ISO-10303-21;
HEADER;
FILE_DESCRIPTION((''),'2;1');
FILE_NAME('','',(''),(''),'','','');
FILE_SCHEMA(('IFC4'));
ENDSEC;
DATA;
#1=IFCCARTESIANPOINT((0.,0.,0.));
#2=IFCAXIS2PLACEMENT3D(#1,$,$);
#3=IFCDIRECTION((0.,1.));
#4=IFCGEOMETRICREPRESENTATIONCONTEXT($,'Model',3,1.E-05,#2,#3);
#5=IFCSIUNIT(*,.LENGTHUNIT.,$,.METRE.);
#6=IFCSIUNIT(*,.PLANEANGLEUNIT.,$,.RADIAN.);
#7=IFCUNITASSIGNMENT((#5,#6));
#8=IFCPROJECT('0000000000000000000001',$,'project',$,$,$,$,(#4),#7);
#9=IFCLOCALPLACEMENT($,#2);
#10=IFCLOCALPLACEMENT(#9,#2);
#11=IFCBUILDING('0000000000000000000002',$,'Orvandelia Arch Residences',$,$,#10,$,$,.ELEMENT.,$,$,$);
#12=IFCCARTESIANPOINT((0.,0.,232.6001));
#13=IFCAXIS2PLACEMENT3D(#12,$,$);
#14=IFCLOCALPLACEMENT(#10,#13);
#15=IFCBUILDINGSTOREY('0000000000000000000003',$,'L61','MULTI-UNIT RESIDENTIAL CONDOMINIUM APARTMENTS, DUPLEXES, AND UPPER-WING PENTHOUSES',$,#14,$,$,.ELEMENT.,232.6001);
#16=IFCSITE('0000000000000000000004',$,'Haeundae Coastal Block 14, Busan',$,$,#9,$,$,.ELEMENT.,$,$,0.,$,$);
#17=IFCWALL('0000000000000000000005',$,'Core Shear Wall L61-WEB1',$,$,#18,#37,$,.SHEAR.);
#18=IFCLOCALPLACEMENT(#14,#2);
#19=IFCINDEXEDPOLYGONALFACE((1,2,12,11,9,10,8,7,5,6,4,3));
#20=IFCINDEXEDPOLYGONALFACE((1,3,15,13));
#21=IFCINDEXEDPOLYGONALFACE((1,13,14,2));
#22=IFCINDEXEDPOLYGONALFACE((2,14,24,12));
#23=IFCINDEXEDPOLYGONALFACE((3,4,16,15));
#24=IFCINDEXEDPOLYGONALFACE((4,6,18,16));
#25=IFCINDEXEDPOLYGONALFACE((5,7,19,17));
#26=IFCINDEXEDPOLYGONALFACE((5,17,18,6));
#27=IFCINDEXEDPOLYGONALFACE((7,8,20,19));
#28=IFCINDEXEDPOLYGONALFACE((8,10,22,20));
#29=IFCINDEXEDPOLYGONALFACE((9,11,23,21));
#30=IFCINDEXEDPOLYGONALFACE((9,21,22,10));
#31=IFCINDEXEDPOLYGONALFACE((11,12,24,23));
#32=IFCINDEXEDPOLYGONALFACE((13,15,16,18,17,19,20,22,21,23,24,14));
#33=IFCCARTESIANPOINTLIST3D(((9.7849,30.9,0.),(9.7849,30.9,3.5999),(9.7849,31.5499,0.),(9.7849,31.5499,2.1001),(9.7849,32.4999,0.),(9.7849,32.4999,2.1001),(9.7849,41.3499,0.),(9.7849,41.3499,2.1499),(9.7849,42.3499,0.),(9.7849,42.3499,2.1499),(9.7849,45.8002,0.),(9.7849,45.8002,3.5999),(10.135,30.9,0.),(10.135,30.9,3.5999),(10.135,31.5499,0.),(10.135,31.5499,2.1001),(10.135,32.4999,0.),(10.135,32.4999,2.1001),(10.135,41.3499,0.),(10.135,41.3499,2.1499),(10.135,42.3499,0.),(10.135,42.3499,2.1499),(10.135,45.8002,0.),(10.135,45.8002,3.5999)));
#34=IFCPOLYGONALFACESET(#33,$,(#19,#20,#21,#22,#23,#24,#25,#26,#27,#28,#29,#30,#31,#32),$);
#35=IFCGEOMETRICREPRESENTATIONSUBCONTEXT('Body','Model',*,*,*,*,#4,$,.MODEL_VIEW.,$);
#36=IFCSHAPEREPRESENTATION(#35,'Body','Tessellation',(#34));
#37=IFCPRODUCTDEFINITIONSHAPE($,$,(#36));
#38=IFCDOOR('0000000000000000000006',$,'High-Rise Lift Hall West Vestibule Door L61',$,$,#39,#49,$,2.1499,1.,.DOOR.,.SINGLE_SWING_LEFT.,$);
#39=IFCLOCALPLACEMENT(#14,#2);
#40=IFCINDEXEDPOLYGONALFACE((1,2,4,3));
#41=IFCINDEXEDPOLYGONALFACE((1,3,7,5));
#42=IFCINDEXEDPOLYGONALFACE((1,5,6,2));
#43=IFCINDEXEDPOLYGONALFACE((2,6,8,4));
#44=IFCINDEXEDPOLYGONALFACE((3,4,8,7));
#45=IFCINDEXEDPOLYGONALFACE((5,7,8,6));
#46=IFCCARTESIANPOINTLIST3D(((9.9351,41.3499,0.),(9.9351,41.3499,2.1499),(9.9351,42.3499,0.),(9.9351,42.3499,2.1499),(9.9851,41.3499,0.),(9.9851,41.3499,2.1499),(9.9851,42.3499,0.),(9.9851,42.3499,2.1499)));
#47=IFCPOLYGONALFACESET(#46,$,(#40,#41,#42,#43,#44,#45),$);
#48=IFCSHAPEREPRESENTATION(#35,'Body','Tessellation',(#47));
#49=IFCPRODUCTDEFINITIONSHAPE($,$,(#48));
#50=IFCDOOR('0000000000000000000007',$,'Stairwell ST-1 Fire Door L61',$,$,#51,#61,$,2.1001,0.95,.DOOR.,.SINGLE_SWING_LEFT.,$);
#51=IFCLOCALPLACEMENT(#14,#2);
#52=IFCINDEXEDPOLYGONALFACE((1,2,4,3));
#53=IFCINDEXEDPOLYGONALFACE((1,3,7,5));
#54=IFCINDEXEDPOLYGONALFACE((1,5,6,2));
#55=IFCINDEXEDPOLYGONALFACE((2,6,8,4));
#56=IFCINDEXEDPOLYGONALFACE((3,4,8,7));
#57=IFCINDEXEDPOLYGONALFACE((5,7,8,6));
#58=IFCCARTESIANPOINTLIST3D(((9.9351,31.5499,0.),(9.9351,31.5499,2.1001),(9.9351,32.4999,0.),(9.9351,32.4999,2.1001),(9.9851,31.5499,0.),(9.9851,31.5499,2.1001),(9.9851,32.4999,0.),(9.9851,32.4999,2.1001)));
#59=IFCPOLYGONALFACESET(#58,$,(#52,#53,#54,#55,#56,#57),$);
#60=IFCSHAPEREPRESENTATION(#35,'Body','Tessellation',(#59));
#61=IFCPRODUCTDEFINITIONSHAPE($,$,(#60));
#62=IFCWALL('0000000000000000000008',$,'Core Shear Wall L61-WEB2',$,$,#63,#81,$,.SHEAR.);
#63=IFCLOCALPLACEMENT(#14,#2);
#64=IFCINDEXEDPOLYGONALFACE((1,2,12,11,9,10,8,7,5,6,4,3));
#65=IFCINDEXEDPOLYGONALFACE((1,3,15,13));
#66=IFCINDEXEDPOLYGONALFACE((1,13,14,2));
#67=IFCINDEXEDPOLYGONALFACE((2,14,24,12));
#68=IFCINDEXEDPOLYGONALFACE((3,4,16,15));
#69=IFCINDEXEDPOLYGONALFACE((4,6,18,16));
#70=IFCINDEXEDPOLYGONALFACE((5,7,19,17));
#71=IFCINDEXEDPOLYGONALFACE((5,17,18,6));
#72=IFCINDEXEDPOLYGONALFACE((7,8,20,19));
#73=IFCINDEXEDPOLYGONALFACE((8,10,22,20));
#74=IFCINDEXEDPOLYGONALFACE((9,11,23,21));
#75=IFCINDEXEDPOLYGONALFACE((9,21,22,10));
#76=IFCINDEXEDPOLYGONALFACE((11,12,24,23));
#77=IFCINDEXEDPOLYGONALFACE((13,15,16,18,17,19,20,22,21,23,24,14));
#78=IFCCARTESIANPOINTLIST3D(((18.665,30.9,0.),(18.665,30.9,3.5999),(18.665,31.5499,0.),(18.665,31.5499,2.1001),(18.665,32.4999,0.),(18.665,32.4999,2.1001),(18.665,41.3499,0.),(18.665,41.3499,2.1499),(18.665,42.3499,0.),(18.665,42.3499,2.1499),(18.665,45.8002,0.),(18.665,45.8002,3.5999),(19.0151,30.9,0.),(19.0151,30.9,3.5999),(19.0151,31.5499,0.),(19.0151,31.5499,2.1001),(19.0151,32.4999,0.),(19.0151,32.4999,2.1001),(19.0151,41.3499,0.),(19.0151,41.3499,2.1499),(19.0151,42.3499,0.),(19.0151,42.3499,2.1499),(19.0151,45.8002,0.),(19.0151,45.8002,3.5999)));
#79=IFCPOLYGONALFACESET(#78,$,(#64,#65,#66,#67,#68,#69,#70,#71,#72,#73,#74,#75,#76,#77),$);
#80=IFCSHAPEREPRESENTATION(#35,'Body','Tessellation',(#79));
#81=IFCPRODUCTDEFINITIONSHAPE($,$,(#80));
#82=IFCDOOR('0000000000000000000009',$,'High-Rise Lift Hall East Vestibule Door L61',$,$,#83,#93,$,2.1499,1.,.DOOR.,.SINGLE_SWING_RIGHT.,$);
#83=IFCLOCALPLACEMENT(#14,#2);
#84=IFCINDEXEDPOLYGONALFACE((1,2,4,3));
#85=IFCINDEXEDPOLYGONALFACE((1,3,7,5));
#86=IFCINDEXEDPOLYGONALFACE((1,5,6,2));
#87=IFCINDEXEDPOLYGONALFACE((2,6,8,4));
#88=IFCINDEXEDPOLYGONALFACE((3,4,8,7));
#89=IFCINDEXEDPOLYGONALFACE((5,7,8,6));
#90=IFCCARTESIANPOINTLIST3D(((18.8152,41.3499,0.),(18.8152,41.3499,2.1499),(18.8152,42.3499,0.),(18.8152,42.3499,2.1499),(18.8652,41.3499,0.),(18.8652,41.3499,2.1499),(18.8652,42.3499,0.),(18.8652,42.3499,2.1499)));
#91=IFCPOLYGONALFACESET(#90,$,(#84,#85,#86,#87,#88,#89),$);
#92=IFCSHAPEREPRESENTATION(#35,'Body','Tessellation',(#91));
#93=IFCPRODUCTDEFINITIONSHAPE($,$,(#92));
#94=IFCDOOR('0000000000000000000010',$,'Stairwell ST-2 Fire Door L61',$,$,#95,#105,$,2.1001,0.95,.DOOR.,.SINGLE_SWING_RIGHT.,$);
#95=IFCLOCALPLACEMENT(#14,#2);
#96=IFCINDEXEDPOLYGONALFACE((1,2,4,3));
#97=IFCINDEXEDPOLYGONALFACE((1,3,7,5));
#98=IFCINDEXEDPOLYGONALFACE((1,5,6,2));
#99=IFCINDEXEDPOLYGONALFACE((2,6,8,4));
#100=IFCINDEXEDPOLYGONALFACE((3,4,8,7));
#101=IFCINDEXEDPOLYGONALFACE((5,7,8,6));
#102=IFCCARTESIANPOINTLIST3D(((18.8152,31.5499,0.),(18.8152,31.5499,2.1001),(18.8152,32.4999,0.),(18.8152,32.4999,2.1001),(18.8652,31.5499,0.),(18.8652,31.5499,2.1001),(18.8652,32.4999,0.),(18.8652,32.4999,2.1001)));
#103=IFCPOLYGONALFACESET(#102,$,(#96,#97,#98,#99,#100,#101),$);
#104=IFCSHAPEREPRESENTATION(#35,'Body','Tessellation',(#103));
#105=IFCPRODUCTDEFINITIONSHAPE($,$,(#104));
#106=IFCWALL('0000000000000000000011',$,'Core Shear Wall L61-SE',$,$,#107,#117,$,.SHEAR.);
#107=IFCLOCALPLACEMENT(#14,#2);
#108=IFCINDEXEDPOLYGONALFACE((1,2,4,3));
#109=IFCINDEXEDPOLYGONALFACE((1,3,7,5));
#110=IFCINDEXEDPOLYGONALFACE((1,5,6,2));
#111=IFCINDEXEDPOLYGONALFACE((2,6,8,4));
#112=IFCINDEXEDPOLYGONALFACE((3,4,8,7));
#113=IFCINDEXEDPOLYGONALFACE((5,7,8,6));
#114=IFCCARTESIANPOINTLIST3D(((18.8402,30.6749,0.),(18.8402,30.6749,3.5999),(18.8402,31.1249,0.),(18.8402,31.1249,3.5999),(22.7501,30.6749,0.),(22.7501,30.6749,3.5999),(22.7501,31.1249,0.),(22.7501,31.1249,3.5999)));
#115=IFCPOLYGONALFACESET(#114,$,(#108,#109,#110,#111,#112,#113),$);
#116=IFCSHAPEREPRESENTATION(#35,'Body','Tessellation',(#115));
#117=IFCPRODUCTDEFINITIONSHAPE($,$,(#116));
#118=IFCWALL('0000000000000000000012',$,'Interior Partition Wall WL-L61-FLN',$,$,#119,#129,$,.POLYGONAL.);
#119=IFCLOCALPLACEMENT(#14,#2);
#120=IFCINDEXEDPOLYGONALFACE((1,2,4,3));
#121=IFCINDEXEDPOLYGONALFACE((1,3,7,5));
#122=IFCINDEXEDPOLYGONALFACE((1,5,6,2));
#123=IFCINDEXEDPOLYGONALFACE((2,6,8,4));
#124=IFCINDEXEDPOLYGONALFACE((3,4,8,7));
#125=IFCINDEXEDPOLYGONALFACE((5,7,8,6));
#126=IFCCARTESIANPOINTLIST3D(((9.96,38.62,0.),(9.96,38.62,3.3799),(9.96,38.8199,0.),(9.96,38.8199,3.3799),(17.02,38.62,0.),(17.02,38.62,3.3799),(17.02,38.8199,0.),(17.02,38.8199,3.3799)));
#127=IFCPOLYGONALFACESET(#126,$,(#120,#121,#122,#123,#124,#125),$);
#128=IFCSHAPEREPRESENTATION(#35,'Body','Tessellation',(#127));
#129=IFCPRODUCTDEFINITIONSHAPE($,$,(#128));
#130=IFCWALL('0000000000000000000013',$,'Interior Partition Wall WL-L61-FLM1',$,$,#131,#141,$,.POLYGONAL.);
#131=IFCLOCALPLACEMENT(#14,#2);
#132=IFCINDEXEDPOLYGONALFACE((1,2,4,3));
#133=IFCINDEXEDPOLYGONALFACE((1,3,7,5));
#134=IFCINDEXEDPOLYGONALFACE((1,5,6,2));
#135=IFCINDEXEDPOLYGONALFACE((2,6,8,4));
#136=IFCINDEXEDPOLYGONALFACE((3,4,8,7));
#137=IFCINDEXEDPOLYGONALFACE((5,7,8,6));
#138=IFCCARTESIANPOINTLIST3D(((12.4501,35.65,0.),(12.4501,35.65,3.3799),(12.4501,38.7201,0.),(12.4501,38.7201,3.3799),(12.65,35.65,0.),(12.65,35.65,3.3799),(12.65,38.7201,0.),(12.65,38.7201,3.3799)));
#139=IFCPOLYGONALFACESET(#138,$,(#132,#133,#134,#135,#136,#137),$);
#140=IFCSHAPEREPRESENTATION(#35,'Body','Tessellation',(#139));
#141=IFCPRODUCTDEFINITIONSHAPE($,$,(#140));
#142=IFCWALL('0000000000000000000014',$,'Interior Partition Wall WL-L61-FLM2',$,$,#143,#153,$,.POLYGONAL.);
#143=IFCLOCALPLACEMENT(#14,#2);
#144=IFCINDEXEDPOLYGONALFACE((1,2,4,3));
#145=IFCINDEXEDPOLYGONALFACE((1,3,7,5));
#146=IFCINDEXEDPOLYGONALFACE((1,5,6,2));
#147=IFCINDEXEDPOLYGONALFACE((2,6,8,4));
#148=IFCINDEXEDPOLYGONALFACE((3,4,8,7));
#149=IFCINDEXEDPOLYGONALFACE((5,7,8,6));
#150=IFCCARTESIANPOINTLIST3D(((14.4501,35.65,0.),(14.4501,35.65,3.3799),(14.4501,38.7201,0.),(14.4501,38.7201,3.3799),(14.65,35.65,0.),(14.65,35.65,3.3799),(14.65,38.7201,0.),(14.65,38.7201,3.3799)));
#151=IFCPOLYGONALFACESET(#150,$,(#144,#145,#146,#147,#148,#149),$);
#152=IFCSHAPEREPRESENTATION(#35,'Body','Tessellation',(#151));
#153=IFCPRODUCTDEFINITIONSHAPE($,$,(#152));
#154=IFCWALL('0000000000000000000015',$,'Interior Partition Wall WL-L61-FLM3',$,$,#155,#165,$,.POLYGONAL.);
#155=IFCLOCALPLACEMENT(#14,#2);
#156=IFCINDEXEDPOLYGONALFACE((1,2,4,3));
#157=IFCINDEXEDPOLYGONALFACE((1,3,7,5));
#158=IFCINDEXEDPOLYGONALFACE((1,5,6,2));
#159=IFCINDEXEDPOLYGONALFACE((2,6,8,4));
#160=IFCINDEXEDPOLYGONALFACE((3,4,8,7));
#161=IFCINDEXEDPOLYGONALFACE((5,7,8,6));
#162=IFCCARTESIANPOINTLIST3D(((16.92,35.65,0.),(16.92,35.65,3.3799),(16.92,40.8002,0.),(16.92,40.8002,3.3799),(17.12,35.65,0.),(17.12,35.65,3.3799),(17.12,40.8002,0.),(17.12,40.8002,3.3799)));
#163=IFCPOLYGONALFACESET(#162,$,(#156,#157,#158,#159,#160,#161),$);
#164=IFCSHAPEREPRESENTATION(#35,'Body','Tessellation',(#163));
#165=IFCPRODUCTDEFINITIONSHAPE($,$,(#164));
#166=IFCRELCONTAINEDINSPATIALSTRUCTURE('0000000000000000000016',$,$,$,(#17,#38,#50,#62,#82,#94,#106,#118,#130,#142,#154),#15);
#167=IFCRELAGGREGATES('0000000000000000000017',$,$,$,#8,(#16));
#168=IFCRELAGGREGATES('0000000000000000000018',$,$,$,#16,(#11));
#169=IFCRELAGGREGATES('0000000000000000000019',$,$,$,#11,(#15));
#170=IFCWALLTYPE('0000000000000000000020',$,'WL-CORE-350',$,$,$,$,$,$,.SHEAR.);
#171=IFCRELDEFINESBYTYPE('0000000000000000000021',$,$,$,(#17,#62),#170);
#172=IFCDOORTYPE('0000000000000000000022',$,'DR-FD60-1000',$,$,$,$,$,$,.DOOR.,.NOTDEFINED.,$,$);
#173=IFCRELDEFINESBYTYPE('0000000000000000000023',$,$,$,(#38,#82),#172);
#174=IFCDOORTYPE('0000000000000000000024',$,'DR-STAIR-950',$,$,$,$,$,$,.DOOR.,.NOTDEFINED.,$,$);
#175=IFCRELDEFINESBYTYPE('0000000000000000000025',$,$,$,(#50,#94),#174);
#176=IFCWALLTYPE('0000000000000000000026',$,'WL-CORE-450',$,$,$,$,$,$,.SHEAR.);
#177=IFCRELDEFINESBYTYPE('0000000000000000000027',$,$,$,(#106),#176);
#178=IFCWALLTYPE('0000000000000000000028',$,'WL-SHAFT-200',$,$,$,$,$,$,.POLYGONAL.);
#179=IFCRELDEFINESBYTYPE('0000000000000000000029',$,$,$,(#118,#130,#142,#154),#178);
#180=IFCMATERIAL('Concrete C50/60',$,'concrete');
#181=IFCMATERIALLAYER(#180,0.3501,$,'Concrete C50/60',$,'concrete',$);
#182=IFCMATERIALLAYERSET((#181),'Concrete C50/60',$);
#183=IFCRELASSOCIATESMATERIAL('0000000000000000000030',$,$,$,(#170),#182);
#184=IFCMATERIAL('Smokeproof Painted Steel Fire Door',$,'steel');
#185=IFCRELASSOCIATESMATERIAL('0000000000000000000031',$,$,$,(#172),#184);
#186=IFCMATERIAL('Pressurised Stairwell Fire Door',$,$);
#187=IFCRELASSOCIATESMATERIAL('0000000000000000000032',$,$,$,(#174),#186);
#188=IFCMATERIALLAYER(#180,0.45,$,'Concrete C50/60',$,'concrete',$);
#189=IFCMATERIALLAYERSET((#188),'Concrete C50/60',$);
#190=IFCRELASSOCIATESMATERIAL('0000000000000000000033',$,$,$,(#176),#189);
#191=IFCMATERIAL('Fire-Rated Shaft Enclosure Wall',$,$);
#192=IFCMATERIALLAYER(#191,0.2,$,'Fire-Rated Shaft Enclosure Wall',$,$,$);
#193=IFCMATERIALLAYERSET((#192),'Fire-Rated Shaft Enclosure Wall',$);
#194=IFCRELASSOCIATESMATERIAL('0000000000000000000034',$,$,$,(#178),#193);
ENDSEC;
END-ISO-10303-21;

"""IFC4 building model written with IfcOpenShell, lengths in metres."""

from ifc_helpers import new_model, si_unit, direction, frame, frame_2d, origin, place, context, subcontext, project, spatial, rectangle, extrude, material, layer, layer_set, type_object, element, fill, save


model = new_model("IFC4")

# Units and contexts
model_context = context("Model", 3, precision=1e-05, world=origin(), true_north=direction((0.0, 1.0)))
body_context = subcontext(model_context, "Body", "Model", "MODEL_VIEW")
ifc_project = project(units=[si_unit("LENGTHUNIT", "METRE"), si_unit("PLANEANGLEUNIT", "RADIAN")], contexts=[model_context])

# Site, building, storey
site_placement = place(None, origin())
site = spatial("IfcSite", under=ifc_project, at=site_placement, Name="Haeundae Coastal Block 14, Busan", CompositionType="ELEMENT", RefElevation=0.0)
building_placement = place(site_placement, origin())
building = spatial("IfcBuilding", under=site, at=building_placement, Name="Orvandelia Arch Residences", CompositionType="ELEMENT")
storey_placement = place(building_placement, frame((0.0, 0.0, 232.6001)))
storey = spatial("IfcBuildingStorey", under=building, at=storey_placement, Name="L61", Description="MULTI-UNIT RESIDENTIAL CONDOMINIUM APARTMENTS, DUPLEXES, AND UPPER-WING PENTHOUSES", CompositionType="ELEMENT", Elevation=232.6001)

# Walls, openings, doors
ifc_material_1 = material(Name="Concrete C50/60", Category="concrete")
ifc_layer_1 = layer(ifc_material_1, 0.3501, Name="Concrete C50/60", Category="concrete")
ifc_layer_set_1 = layer_set([ifc_layer_1], Name="Concrete C50/60")
wall_type_1 = type_object("IfcWallType", Name="WL-CORE-350", PredefinedType="SHEAR", material=ifc_layer_set_1)
wall_1_placement = place(storey_placement, frame((9.96, 30.8999, 0.0), z_axis=(0.0, 0.0, 1.0), x_axis=(0.0, 1.0, 0.0)))
wall_1 = element("IfcWall", 1, at=wall_1_placement, inside=storey, type_object=wall_type_1, Name="Core Shear Wall L61-WEB1", PredefinedType="SHEAR", context=body_context, shape_type="SweptSolid", body=[
    extrude(rectangle(XDim=14.9001, YDim=0.3501, at=frame_2d((7.4502, 0.0))), origin(), (0.0, 0.0, 1.0), 3.5999),
])
opening_1_placement = place(wall_1_placement, frame((0.6499, 0.0, 0.0)))
opening_1 = element("IfcOpeningElement", 2, at=opening_1_placement, cuts=wall_1, PredefinedType="OPENING", context=body_context, shape_type="SweptSolid", body=[
    extrude(rectangle(XDim=0.95, YDim=2.1001, at=frame_2d((0.4751, 1.05))), frame((0.0, 0.1851, 0.0), z_axis=(0.0, -1.0, 0.0), x_axis=(1.0, 0.0, 0.0)), (0.0, 0.0, 1.0), 0.3701),
])
opening_2_placement = place(wall_1_placement, frame((10.45, 0.0, 0.0)))
opening_2 = element("IfcOpeningElement", 3, at=opening_2_placement, cuts=wall_1, PredefinedType="OPENING", context=body_context, shape_type="SweptSolid", body=[
    extrude(rectangle(XDim=1.0, YDim=2.1499, at=frame_2d((0.5, 1.075))), frame((0.0, 0.1851, 0.0), z_axis=(0.0, -1.0, 0.0), x_axis=(1.0, 0.0, 0.0)), (0.0, 0.0, 1.0), 0.3701),
])
ifc_material_2 = material(Name="Smokeproof Painted Steel Fire Door", Category="steel")
door_type_1 = type_object("IfcDoorType", Name="DR-FD60-1000", OperationType="NOTDEFINED", PredefinedType="DOOR", material=ifc_material_2)
door_1_placement = place(opening_2_placement, origin())
door_1 = element("IfcDoor", 4, at=door_1_placement, inside=storey, type_object=door_type_1, Name="High-Rise Lift Hall West Vestibule Door L61", OperationType="SINGLE_SWING_LEFT", OverallHeight=2.1499, OverallWidth=1.0, PredefinedType="DOOR", context=body_context, shape_type="SweptSolid", body=[
    extrude(rectangle(XDim=1.0, YDim=2.1499, at=frame_2d((0.5, 1.075))), frame((0.0, 0.0249, 0.0), z_axis=(0.0, -1.0, 0.0), x_axis=(1.0, 0.0, 0.0)), (0.0, 0.0, 1.0), 0.05),
])
fill(opening_2, door_1)
ifc_material_3 = material(Name="Pressurised Stairwell Fire Door")
door_type_2 = type_object("IfcDoorType", Name="DR-STAIR-950", OperationType="NOTDEFINED", PredefinedType="DOOR", material=ifc_material_3)
door_2_placement = place(opening_1_placement, origin())
door_2 = element("IfcDoor", 5, at=door_2_placement, inside=storey, type_object=door_type_2, Name="Stairwell ST-1 Fire Door L61", OperationType="SINGLE_SWING_LEFT", OverallHeight=2.1001, OverallWidth=0.95, PredefinedType="DOOR", context=body_context, shape_type="SweptSolid", body=[
    extrude(rectangle(XDim=0.95, YDim=2.1001, at=frame_2d((0.4751, 1.05))), frame((0.0, 0.0249, 0.0), z_axis=(0.0, -1.0, 0.0), x_axis=(1.0, 0.0, 0.0)), (0.0, 0.0, 1.0), 0.05),
])
fill(opening_1, door_2)
wall_2_placement = place(storey_placement, frame((18.8401, 30.8999, 0.0), z_axis=(0.0, 0.0, 1.0), x_axis=(0.0, 1.0, 0.0)))
wall_2 = element("IfcWall", 6, at=wall_2_placement, inside=storey, type_object=wall_type_1, Name="Core Shear Wall L61-WEB2", PredefinedType="SHEAR", context=body_context, shape_type="SweptSolid", body=[
    extrude(rectangle(XDim=14.9001, YDim=0.3501, at=frame_2d((7.4502, 0.0))), origin(), (0.0, 0.0, 1.0), 3.5999),
])
opening_3_placement = place(wall_2_placement, frame((0.6499, 0.0, 0.0)))
opening_3 = element("IfcOpeningElement", 7, at=opening_3_placement, cuts=wall_2, PredefinedType="OPENING", context=body_context, shape_type="SweptSolid", body=[
    extrude(rectangle(XDim=0.95, YDim=2.1001, at=frame_2d((0.4751, 1.05))), frame((0.0, 0.1851, 0.0), z_axis=(0.0, -1.0, 0.0), x_axis=(1.0, 0.0, 0.0)), (0.0, 0.0, 1.0), 0.3701),
])
opening_4_placement = place(wall_2_placement, frame((10.45, 0.0, 0.0)))
opening_4 = element("IfcOpeningElement", 8, at=opening_4_placement, cuts=wall_2, PredefinedType="OPENING", context=body_context, shape_type="SweptSolid", body=[
    extrude(rectangle(XDim=1.0, YDim=2.1499, at=frame_2d((0.5, 1.075))), frame((0.0, 0.1851, 0.0), z_axis=(0.0, -1.0, 0.0), x_axis=(1.0, 0.0, 0.0)), (0.0, 0.0, 1.0), 0.3701),
])
door_3_placement = place(opening_4_placement, origin())
door_3 = element("IfcDoor", 9, at=door_3_placement, inside=storey, type_object=door_type_1, Name="High-Rise Lift Hall East Vestibule Door L61", OperationType="SINGLE_SWING_RIGHT", OverallHeight=2.1499, OverallWidth=1.0, PredefinedType="DOOR", context=body_context, shape_type="SweptSolid", body=[
    extrude(rectangle(XDim=1.0, YDim=2.1499, at=frame_2d((0.5, 1.075))), frame((0.0, 0.0249, 0.0), z_axis=(0.0, -1.0, 0.0), x_axis=(1.0, 0.0, 0.0)), (0.0, 0.0, 1.0), 0.05),
])
fill(opening_4, door_3)
door_4_placement = place(opening_3_placement, origin())
door_4 = element("IfcDoor", 10, at=door_4_placement, inside=storey, type_object=door_type_2, Name="Stairwell ST-2 Fire Door L61", OperationType="SINGLE_SWING_RIGHT", OverallHeight=2.1001, OverallWidth=0.95, PredefinedType="DOOR", context=body_context, shape_type="SweptSolid", body=[
    extrude(rectangle(XDim=0.95, YDim=2.1001, at=frame_2d((0.4751, 1.05))), frame((0.0, 0.0249, 0.0), z_axis=(0.0, -1.0, 0.0), x_axis=(1.0, 0.0, 0.0)), (0.0, 0.0, 1.0), 0.05),
])
fill(opening_3, door_4)

# Walls
ifc_layer_2 = layer(ifc_material_1, 0.45, Name="Concrete C50/60", Category="concrete")
ifc_layer_set_2 = layer_set([ifc_layer_2], Name="Concrete C50/60")
wall_type_2 = type_object("IfcWallType", Name="WL-CORE-450", PredefinedType="SHEAR", material=ifc_layer_set_2)
wall_3_placement = place(storey_placement, frame((18.8401, 30.8999, 0.0), z_axis=(0.0, 0.0, 1.0), x_axis=(1.0, 0.0, 0.0)))
element("IfcWall", 11, at=wall_3_placement, inside=storey, type_object=wall_type_2, Name="Core Shear Wall L61-SE", PredefinedType="SHEAR", context=body_context, shape_type="SweptSolid", body=[
    extrude(rectangle(XDim=3.9099, YDim=0.45, at=frame_2d((1.9551, 0.0))), origin(), (0.0, 0.0, 1.0), 3.5999),
])
ifc_material_4 = material(Name="Fire-Rated Shaft Enclosure Wall")
ifc_layer_3 = layer(ifc_material_4, 0.2, Name="Fire-Rated Shaft Enclosure Wall")
ifc_layer_set_3 = layer_set([ifc_layer_3], Name="Fire-Rated Shaft Enclosure Wall")
wall_type_3 = type_object("IfcWallType", Name="WL-SHAFT-200", PredefinedType="POLYGONAL", material=ifc_layer_set_3)
wall_4_placement = place(storey_placement, frame((9.96, 38.72, 0.0), z_axis=(0.0, 0.0, 1.0), x_axis=(1.0, 0.0, 0.0)))
element("IfcWall", 12, at=wall_4_placement, inside=storey, type_object=wall_type_3, Name="Interior Partition Wall WL-L61-FLN", PredefinedType="POLYGONAL", context=body_context, shape_type="SweptSolid", body=[
    extrude(rectangle(XDim=7.0601, YDim=0.2, at=frame_2d((3.53, 0.0))), origin(), (0.0, 0.0, 1.0), 3.3799),
])
for number, where, z_axis, x_axis, name in (
    (13, (12.55, 35.6499, 0.0), (0.0, 0.0, 1.0), (0.0, 1.0, 0.0), "Interior Partition Wall WL-L61-FLM1"),
    (14, (14.55, 35.6499, 0.0), (0.0, 0.0, 1.0), (0.0, 1.0, 0.0), "Interior Partition Wall WL-L61-FLM2"),
):
    element("IfcWall", number, at=place(storey_placement, frame(where, z_axis=z_axis, x_axis=x_axis)), inside=storey, type_object=wall_type_3, Name=name, PredefinedType="POLYGONAL", context=body_context, shape_type="SweptSolid", body=[
        extrude(rectangle(XDim=3.0701, YDim=0.2, at=frame_2d((1.5352, 0.0))), origin(), (0.0, 0.0, 1.0), 3.3799),
    ])
wall_5_placement = place(storey_placement, frame((17.02, 35.6499, 0.0), z_axis=(0.0, 0.0, 1.0), x_axis=(0.0, 1.0, 0.0)))
element("IfcWall", 15, at=wall_5_placement, inside=storey, type_object=wall_type_3, Name="Interior Partition Wall WL-L61-FLM3", PredefinedType="POLYGONAL", context=body_context, shape_type="SweptSolid", body=[
    extrude(rectangle(XDim=5.1501, YDim=0.2, at=frame_2d((2.5752, 0.0))), origin(), (0.0, 0.0, 1.0), 3.3799),
])

save(model, "model.ifc")
